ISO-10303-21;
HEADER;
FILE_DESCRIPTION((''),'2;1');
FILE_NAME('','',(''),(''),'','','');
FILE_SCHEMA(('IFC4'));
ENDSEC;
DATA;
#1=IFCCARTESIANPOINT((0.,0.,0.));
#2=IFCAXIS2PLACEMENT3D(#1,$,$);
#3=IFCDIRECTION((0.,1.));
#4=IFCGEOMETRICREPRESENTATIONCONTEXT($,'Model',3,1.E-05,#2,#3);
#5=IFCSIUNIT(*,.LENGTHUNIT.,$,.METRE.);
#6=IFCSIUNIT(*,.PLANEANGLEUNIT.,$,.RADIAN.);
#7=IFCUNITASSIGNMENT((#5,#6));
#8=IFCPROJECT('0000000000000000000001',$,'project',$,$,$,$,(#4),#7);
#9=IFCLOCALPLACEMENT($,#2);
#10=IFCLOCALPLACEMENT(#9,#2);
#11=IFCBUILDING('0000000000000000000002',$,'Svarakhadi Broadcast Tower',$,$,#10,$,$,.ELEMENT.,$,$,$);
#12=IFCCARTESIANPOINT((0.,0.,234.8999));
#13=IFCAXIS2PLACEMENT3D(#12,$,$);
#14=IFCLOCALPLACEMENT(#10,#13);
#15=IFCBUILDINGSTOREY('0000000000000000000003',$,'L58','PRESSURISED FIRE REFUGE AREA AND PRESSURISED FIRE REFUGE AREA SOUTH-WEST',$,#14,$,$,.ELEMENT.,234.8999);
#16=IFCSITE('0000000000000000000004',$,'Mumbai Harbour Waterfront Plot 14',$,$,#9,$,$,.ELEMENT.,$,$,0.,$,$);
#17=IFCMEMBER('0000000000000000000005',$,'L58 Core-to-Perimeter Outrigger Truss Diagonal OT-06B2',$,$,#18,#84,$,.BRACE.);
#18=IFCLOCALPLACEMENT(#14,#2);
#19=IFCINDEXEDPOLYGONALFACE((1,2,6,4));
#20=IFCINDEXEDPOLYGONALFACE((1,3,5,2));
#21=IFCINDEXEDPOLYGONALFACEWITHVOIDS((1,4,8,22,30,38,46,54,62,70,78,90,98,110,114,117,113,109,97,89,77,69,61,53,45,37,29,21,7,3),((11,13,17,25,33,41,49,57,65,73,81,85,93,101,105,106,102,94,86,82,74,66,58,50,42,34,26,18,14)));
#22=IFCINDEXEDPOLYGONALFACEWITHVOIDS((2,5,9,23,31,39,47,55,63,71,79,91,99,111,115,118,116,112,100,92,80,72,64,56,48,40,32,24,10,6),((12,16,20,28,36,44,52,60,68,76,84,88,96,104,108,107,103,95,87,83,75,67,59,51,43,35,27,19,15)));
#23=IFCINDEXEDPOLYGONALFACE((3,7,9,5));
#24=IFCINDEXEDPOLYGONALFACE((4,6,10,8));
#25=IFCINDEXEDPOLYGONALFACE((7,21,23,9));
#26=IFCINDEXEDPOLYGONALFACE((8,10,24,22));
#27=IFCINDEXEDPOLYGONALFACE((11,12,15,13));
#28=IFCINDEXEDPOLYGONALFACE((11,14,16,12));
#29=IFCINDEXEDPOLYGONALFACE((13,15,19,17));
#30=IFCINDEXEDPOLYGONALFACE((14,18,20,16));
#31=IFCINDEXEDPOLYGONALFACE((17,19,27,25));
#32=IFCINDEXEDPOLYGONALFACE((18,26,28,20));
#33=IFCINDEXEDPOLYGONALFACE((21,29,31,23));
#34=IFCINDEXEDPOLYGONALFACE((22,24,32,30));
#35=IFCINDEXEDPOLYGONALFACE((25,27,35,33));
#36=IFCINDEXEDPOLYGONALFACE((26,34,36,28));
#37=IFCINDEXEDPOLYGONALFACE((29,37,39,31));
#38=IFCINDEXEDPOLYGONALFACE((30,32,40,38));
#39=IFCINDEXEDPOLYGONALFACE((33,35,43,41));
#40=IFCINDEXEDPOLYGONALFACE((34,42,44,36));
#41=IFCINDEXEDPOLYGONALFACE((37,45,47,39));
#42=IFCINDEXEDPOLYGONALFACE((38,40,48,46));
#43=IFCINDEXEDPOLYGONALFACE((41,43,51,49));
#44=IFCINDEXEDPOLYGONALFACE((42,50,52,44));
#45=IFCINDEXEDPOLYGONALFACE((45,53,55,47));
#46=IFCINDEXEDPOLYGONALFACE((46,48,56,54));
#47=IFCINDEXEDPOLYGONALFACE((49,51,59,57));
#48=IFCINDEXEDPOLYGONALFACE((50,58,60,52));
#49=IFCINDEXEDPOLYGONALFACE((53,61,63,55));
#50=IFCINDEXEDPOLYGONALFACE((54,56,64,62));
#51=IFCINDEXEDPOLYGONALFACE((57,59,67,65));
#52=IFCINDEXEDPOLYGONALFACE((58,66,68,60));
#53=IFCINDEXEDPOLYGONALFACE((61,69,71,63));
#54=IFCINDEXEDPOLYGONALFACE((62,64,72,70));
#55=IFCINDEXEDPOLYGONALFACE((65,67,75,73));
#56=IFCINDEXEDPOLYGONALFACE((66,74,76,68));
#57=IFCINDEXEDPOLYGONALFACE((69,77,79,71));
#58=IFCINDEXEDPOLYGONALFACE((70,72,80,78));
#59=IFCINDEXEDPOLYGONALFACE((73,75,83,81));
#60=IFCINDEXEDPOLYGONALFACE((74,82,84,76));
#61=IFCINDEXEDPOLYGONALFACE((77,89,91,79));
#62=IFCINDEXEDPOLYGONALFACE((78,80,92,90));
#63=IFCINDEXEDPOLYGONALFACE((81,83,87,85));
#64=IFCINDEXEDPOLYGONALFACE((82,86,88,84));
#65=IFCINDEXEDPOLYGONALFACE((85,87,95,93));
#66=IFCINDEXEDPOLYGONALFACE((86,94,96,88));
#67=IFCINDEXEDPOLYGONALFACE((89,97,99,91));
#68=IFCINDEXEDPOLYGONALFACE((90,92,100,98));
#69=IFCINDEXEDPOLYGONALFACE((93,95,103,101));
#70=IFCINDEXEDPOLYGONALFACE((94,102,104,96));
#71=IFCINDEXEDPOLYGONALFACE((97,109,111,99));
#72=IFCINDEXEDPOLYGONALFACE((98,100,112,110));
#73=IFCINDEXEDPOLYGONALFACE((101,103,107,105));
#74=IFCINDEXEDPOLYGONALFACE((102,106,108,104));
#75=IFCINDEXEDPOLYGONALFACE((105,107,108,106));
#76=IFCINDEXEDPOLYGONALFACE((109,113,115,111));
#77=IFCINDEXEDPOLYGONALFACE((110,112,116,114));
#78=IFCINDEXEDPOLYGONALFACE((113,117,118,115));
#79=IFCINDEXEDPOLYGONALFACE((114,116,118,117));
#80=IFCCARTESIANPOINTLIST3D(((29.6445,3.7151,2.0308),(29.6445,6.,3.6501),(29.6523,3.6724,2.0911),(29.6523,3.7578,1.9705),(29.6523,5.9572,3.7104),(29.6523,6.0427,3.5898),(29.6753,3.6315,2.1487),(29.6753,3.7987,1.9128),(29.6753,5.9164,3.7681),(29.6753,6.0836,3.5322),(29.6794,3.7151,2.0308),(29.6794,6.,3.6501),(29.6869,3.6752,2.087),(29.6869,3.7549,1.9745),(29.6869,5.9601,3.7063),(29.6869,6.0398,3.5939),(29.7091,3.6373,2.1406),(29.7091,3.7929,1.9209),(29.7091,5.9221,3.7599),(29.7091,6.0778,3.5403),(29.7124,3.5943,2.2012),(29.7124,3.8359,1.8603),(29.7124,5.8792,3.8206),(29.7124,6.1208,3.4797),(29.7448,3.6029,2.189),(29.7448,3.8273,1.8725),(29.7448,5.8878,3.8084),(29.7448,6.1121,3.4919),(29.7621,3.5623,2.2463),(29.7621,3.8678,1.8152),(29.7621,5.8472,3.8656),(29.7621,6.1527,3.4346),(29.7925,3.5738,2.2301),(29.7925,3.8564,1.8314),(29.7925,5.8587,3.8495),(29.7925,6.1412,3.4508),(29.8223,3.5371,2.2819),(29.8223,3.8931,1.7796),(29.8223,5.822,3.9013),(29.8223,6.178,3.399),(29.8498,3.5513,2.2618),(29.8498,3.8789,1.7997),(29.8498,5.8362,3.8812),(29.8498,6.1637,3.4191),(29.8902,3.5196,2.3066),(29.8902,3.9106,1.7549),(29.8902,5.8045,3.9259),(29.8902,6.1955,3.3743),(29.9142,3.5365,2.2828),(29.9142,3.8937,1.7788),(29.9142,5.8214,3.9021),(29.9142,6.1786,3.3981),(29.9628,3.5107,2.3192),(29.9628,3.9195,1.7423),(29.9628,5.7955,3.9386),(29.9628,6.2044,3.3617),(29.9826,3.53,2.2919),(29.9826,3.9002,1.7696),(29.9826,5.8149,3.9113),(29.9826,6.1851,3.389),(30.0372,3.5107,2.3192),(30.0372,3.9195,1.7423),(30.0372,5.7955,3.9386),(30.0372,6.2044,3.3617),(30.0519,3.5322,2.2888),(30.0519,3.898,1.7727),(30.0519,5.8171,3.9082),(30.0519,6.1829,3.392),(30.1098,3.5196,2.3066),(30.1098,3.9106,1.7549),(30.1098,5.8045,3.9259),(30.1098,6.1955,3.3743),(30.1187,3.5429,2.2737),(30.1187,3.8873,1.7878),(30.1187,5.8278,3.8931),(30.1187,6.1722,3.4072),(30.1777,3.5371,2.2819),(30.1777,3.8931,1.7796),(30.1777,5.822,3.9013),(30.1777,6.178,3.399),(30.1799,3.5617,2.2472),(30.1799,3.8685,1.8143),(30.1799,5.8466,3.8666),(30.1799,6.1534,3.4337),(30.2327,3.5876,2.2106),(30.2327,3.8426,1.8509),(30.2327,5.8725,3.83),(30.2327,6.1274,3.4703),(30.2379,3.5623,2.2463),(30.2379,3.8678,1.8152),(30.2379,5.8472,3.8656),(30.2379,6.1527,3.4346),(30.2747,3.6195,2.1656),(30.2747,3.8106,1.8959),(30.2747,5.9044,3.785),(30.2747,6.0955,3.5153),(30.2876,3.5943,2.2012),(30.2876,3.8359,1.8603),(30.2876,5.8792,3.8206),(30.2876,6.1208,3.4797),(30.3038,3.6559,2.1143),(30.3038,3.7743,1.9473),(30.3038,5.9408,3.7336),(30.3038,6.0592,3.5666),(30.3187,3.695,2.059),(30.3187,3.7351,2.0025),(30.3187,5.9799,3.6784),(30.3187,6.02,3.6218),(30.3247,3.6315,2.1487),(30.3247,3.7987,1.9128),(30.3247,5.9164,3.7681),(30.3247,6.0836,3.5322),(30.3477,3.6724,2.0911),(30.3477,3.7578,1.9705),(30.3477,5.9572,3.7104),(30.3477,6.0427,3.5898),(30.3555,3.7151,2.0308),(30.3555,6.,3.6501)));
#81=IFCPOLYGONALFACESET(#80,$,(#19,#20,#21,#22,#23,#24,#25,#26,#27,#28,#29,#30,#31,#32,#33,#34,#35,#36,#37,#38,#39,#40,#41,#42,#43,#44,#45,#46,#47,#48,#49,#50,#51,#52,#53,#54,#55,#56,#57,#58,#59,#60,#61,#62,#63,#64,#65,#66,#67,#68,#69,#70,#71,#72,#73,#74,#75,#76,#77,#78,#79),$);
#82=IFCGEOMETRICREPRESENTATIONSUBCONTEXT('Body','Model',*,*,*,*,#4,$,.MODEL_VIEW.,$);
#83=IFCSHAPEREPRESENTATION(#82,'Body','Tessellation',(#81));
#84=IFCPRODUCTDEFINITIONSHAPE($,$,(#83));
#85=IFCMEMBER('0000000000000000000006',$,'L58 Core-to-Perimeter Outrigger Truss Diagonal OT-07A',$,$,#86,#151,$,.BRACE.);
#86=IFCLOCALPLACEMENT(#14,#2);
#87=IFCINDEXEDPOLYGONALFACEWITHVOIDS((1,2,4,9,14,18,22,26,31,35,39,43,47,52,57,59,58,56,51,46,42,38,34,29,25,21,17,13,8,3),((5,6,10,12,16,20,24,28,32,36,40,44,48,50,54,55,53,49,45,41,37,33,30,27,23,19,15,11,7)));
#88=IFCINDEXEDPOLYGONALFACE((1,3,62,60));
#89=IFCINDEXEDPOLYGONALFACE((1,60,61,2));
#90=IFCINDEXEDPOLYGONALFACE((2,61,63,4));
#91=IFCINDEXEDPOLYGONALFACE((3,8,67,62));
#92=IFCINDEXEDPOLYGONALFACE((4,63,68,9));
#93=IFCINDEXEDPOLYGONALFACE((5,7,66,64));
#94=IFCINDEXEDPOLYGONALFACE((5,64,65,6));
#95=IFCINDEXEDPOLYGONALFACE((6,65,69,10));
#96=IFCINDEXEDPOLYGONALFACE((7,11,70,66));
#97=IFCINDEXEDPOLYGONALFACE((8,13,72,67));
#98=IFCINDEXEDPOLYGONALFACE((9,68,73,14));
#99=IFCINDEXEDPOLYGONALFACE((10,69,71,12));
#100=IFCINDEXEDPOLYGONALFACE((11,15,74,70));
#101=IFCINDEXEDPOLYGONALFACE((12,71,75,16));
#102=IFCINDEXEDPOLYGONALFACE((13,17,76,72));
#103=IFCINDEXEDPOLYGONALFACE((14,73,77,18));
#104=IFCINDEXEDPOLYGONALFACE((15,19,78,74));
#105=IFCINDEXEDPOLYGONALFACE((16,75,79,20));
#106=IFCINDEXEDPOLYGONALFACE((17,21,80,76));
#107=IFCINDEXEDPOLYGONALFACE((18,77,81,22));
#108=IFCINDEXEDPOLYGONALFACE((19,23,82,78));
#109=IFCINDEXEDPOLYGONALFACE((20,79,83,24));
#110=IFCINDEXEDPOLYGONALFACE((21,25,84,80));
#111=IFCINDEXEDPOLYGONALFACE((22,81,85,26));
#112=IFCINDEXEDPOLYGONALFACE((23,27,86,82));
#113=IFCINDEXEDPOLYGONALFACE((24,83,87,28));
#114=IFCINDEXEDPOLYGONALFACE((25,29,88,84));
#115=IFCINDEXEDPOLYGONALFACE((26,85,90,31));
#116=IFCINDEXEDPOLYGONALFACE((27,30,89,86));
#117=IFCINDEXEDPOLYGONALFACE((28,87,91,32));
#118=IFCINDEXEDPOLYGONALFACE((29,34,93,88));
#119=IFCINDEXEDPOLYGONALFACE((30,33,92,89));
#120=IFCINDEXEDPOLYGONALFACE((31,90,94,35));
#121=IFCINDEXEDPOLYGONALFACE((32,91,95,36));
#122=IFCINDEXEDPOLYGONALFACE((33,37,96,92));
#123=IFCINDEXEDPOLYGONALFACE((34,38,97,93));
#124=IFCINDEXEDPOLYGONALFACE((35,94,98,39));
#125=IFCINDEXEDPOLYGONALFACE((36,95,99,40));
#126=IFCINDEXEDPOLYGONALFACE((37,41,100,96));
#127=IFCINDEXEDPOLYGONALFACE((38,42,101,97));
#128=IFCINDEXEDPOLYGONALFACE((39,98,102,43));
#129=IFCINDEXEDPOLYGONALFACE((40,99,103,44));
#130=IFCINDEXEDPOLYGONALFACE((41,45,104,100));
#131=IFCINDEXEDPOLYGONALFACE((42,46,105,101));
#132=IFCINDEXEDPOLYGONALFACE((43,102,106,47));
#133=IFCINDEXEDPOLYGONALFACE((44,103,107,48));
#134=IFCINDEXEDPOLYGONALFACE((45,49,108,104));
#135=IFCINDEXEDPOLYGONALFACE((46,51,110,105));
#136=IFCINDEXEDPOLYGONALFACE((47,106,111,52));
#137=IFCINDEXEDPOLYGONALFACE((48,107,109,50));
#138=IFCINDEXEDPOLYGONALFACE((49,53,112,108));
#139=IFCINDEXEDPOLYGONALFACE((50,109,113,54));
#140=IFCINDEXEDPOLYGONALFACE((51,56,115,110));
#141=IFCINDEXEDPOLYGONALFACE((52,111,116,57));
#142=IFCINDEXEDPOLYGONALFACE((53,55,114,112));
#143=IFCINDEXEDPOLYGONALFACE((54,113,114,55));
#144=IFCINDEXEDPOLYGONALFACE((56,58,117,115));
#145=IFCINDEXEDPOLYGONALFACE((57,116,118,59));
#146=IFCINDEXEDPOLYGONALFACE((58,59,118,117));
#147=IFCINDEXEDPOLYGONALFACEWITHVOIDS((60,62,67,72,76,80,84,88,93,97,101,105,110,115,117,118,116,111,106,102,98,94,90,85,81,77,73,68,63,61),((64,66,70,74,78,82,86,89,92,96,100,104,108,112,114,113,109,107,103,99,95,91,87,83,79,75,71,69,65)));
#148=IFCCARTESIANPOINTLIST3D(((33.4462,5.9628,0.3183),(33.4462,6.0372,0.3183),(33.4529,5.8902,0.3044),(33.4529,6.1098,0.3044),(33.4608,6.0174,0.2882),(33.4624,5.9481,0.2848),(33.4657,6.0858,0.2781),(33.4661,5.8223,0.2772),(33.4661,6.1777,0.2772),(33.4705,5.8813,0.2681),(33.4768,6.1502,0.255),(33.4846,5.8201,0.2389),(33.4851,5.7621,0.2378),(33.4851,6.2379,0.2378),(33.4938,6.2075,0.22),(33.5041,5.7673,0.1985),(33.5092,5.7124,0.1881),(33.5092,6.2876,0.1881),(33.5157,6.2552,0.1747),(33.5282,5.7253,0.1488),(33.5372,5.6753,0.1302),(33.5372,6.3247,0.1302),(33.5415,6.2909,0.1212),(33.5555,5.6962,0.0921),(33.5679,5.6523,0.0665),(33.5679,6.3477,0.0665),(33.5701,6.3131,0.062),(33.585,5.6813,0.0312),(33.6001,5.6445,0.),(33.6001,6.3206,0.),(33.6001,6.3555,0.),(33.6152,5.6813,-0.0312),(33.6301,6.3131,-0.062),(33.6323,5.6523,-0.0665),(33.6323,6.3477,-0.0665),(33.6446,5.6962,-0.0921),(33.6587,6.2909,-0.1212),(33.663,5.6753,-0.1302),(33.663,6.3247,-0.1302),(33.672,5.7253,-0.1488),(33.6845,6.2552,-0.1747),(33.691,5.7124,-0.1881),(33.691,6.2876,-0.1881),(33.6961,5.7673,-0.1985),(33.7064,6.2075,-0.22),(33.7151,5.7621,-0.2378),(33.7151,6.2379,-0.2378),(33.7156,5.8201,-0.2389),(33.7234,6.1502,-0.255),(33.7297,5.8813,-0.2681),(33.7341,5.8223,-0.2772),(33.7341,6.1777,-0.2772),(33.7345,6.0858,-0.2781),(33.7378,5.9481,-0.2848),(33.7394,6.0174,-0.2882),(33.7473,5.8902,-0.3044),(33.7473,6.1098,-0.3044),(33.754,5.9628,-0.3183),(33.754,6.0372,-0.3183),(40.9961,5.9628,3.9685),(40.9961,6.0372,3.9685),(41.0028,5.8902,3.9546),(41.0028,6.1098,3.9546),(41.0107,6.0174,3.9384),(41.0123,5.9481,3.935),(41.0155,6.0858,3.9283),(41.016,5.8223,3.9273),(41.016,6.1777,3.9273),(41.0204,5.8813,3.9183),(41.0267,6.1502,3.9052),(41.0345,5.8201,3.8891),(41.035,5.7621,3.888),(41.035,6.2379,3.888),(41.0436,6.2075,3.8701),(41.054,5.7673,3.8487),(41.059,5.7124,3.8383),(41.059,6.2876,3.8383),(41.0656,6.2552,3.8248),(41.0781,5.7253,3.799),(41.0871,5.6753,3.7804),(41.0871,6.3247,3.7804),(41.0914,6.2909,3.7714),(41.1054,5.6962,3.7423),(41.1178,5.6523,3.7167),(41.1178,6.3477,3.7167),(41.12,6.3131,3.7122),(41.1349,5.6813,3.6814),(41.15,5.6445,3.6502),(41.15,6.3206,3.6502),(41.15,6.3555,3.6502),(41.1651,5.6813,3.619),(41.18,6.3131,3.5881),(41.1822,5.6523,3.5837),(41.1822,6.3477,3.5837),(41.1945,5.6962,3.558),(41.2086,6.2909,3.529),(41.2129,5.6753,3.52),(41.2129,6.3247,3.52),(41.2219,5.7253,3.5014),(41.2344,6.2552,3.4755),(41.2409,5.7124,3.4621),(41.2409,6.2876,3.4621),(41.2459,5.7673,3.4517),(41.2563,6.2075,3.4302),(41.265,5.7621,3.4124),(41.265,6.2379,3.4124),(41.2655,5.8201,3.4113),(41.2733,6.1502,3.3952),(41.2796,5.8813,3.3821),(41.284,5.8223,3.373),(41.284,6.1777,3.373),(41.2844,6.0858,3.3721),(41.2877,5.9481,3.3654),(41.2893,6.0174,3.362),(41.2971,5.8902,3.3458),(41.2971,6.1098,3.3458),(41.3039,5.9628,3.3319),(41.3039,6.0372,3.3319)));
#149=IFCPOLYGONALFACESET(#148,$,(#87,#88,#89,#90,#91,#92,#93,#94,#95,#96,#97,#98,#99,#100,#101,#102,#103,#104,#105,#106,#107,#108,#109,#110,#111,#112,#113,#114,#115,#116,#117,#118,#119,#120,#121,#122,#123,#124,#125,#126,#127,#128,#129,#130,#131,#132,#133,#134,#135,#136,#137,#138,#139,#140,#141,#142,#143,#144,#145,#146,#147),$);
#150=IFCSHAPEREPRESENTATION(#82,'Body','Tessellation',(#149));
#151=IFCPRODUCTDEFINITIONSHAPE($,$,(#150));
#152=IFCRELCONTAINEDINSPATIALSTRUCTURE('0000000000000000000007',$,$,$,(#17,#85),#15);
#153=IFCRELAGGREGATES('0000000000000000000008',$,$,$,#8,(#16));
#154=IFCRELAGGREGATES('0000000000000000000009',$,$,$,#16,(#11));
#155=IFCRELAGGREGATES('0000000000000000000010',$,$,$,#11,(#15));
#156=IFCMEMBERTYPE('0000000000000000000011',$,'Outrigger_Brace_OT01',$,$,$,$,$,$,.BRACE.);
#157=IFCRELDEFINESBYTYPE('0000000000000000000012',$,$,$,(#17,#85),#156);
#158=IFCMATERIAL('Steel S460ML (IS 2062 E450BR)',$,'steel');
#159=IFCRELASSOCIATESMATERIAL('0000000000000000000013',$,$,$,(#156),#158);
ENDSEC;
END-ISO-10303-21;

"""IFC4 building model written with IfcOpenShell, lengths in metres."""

from ifc_helpers import new_model, si_unit, direction, frame, origin, origin_2d, place, context, subcontext, project, spatial, hollow_circle, extrude, material, material_profile, profile_set, type_object, element, save


model = new_model("IFC4")

# Units and contexts
model_context = context("Model", 3, precision=1e-05, world=origin(), true_north=direction((0.0, 1.0)))
body_context = subcontext(model_context, "Body", "Model", "MODEL_VIEW")
ifc_project = project(units=[si_unit("LENGTHUNIT", "METRE"), si_unit("PLANEANGLEUNIT", "RADIAN")], contexts=[model_context])

# Site, building, storey
site_placement = place(None, origin())
site = spatial("IfcSite", under=ifc_project, at=site_placement, Name="Mumbai Harbour Waterfront Plot 14", CompositionType="ELEMENT", RefElevation=0.0)
building_placement = place(site_placement, origin())
building = spatial("IfcBuilding", under=site, at=building_placement, Name="Svarakhadi Broadcast Tower", CompositionType="ELEMENT")
storey_placement = place(building_placement, frame((0.0, 0.0, 234.8999)))
storey = spatial("IfcBuildingStorey", under=building, at=storey_placement, Name="L58", Description="PRESSURISED FIRE REFUGE AREA AND PRESSURISED FIRE REFUGE AREA SOUTH-WEST", CompositionType="ELEMENT", Elevation=234.8999)

# Shared definitions
ifc_material_1 = material(Name="Steel S460ML (IS 2062 E450BR)", Category="steel")

# Members
ifc_material_profile_1 = material_profile(ifc_material_1, hollow_circle(Radius=0.3555, WallThickness=0.0349, at=origin_2d()), Name="CHS 711x35")
ifc_profile_set_1 = profile_set([ifc_material_profile_1], Name="Steel S460ML (IS 2062 E450BR)")
member_type_1 = type_object("IfcMemberType", Name="Outrigger_Brace_OT01", PredefinedType="BRACE", material=ifc_profile_set_1)
for number, where, z_axis, x_axis, name in (
    (1, (30.0, 3.7151, 2.0308), (0.0, 0.815872, 0.578233), (-1.0, 0.0, 0.0), "L58 Core-to-Perimeter Outrigger Truss Diagonal OT-06B2"),
):
    element("IfcMember", number, at=place(storey_placement, frame(where, z_axis=z_axis, x_axis=x_axis)), inside=storey, type_object=member_type_1, Name=name, PredefinedType="BRACE", context=body_context, shape_type="SweptSolid", body=[
        extrude(hollow_circle(Radius=0.3555, WallThickness=0.0349, at=origin_2d()), origin(), (0.0, 0.0, 1.0), 2.8005),
    ])
member_1_placement = place(storey_placement, frame((33.6001, 6.0, 0.0), z_axis=(0.900299, 0.0, 0.435272), x_axis=(0.0, 1.0, 0.0)))
element("IfcMember", 2, at=member_1_placement, inside=storey, type_object=member_type_1, Name="L58 Core-to-Perimeter Outrigger Truss Diagonal OT-07A", PredefinedType="BRACE", context=body_context, shape_type="SweptSolid", body=[
    extrude(hollow_circle(Radius=0.3555, WallThickness=0.0349, at=origin_2d()), origin(), (0.0, 0.0, 1.0), 8.386),
])

save(model, "model.ifc")
